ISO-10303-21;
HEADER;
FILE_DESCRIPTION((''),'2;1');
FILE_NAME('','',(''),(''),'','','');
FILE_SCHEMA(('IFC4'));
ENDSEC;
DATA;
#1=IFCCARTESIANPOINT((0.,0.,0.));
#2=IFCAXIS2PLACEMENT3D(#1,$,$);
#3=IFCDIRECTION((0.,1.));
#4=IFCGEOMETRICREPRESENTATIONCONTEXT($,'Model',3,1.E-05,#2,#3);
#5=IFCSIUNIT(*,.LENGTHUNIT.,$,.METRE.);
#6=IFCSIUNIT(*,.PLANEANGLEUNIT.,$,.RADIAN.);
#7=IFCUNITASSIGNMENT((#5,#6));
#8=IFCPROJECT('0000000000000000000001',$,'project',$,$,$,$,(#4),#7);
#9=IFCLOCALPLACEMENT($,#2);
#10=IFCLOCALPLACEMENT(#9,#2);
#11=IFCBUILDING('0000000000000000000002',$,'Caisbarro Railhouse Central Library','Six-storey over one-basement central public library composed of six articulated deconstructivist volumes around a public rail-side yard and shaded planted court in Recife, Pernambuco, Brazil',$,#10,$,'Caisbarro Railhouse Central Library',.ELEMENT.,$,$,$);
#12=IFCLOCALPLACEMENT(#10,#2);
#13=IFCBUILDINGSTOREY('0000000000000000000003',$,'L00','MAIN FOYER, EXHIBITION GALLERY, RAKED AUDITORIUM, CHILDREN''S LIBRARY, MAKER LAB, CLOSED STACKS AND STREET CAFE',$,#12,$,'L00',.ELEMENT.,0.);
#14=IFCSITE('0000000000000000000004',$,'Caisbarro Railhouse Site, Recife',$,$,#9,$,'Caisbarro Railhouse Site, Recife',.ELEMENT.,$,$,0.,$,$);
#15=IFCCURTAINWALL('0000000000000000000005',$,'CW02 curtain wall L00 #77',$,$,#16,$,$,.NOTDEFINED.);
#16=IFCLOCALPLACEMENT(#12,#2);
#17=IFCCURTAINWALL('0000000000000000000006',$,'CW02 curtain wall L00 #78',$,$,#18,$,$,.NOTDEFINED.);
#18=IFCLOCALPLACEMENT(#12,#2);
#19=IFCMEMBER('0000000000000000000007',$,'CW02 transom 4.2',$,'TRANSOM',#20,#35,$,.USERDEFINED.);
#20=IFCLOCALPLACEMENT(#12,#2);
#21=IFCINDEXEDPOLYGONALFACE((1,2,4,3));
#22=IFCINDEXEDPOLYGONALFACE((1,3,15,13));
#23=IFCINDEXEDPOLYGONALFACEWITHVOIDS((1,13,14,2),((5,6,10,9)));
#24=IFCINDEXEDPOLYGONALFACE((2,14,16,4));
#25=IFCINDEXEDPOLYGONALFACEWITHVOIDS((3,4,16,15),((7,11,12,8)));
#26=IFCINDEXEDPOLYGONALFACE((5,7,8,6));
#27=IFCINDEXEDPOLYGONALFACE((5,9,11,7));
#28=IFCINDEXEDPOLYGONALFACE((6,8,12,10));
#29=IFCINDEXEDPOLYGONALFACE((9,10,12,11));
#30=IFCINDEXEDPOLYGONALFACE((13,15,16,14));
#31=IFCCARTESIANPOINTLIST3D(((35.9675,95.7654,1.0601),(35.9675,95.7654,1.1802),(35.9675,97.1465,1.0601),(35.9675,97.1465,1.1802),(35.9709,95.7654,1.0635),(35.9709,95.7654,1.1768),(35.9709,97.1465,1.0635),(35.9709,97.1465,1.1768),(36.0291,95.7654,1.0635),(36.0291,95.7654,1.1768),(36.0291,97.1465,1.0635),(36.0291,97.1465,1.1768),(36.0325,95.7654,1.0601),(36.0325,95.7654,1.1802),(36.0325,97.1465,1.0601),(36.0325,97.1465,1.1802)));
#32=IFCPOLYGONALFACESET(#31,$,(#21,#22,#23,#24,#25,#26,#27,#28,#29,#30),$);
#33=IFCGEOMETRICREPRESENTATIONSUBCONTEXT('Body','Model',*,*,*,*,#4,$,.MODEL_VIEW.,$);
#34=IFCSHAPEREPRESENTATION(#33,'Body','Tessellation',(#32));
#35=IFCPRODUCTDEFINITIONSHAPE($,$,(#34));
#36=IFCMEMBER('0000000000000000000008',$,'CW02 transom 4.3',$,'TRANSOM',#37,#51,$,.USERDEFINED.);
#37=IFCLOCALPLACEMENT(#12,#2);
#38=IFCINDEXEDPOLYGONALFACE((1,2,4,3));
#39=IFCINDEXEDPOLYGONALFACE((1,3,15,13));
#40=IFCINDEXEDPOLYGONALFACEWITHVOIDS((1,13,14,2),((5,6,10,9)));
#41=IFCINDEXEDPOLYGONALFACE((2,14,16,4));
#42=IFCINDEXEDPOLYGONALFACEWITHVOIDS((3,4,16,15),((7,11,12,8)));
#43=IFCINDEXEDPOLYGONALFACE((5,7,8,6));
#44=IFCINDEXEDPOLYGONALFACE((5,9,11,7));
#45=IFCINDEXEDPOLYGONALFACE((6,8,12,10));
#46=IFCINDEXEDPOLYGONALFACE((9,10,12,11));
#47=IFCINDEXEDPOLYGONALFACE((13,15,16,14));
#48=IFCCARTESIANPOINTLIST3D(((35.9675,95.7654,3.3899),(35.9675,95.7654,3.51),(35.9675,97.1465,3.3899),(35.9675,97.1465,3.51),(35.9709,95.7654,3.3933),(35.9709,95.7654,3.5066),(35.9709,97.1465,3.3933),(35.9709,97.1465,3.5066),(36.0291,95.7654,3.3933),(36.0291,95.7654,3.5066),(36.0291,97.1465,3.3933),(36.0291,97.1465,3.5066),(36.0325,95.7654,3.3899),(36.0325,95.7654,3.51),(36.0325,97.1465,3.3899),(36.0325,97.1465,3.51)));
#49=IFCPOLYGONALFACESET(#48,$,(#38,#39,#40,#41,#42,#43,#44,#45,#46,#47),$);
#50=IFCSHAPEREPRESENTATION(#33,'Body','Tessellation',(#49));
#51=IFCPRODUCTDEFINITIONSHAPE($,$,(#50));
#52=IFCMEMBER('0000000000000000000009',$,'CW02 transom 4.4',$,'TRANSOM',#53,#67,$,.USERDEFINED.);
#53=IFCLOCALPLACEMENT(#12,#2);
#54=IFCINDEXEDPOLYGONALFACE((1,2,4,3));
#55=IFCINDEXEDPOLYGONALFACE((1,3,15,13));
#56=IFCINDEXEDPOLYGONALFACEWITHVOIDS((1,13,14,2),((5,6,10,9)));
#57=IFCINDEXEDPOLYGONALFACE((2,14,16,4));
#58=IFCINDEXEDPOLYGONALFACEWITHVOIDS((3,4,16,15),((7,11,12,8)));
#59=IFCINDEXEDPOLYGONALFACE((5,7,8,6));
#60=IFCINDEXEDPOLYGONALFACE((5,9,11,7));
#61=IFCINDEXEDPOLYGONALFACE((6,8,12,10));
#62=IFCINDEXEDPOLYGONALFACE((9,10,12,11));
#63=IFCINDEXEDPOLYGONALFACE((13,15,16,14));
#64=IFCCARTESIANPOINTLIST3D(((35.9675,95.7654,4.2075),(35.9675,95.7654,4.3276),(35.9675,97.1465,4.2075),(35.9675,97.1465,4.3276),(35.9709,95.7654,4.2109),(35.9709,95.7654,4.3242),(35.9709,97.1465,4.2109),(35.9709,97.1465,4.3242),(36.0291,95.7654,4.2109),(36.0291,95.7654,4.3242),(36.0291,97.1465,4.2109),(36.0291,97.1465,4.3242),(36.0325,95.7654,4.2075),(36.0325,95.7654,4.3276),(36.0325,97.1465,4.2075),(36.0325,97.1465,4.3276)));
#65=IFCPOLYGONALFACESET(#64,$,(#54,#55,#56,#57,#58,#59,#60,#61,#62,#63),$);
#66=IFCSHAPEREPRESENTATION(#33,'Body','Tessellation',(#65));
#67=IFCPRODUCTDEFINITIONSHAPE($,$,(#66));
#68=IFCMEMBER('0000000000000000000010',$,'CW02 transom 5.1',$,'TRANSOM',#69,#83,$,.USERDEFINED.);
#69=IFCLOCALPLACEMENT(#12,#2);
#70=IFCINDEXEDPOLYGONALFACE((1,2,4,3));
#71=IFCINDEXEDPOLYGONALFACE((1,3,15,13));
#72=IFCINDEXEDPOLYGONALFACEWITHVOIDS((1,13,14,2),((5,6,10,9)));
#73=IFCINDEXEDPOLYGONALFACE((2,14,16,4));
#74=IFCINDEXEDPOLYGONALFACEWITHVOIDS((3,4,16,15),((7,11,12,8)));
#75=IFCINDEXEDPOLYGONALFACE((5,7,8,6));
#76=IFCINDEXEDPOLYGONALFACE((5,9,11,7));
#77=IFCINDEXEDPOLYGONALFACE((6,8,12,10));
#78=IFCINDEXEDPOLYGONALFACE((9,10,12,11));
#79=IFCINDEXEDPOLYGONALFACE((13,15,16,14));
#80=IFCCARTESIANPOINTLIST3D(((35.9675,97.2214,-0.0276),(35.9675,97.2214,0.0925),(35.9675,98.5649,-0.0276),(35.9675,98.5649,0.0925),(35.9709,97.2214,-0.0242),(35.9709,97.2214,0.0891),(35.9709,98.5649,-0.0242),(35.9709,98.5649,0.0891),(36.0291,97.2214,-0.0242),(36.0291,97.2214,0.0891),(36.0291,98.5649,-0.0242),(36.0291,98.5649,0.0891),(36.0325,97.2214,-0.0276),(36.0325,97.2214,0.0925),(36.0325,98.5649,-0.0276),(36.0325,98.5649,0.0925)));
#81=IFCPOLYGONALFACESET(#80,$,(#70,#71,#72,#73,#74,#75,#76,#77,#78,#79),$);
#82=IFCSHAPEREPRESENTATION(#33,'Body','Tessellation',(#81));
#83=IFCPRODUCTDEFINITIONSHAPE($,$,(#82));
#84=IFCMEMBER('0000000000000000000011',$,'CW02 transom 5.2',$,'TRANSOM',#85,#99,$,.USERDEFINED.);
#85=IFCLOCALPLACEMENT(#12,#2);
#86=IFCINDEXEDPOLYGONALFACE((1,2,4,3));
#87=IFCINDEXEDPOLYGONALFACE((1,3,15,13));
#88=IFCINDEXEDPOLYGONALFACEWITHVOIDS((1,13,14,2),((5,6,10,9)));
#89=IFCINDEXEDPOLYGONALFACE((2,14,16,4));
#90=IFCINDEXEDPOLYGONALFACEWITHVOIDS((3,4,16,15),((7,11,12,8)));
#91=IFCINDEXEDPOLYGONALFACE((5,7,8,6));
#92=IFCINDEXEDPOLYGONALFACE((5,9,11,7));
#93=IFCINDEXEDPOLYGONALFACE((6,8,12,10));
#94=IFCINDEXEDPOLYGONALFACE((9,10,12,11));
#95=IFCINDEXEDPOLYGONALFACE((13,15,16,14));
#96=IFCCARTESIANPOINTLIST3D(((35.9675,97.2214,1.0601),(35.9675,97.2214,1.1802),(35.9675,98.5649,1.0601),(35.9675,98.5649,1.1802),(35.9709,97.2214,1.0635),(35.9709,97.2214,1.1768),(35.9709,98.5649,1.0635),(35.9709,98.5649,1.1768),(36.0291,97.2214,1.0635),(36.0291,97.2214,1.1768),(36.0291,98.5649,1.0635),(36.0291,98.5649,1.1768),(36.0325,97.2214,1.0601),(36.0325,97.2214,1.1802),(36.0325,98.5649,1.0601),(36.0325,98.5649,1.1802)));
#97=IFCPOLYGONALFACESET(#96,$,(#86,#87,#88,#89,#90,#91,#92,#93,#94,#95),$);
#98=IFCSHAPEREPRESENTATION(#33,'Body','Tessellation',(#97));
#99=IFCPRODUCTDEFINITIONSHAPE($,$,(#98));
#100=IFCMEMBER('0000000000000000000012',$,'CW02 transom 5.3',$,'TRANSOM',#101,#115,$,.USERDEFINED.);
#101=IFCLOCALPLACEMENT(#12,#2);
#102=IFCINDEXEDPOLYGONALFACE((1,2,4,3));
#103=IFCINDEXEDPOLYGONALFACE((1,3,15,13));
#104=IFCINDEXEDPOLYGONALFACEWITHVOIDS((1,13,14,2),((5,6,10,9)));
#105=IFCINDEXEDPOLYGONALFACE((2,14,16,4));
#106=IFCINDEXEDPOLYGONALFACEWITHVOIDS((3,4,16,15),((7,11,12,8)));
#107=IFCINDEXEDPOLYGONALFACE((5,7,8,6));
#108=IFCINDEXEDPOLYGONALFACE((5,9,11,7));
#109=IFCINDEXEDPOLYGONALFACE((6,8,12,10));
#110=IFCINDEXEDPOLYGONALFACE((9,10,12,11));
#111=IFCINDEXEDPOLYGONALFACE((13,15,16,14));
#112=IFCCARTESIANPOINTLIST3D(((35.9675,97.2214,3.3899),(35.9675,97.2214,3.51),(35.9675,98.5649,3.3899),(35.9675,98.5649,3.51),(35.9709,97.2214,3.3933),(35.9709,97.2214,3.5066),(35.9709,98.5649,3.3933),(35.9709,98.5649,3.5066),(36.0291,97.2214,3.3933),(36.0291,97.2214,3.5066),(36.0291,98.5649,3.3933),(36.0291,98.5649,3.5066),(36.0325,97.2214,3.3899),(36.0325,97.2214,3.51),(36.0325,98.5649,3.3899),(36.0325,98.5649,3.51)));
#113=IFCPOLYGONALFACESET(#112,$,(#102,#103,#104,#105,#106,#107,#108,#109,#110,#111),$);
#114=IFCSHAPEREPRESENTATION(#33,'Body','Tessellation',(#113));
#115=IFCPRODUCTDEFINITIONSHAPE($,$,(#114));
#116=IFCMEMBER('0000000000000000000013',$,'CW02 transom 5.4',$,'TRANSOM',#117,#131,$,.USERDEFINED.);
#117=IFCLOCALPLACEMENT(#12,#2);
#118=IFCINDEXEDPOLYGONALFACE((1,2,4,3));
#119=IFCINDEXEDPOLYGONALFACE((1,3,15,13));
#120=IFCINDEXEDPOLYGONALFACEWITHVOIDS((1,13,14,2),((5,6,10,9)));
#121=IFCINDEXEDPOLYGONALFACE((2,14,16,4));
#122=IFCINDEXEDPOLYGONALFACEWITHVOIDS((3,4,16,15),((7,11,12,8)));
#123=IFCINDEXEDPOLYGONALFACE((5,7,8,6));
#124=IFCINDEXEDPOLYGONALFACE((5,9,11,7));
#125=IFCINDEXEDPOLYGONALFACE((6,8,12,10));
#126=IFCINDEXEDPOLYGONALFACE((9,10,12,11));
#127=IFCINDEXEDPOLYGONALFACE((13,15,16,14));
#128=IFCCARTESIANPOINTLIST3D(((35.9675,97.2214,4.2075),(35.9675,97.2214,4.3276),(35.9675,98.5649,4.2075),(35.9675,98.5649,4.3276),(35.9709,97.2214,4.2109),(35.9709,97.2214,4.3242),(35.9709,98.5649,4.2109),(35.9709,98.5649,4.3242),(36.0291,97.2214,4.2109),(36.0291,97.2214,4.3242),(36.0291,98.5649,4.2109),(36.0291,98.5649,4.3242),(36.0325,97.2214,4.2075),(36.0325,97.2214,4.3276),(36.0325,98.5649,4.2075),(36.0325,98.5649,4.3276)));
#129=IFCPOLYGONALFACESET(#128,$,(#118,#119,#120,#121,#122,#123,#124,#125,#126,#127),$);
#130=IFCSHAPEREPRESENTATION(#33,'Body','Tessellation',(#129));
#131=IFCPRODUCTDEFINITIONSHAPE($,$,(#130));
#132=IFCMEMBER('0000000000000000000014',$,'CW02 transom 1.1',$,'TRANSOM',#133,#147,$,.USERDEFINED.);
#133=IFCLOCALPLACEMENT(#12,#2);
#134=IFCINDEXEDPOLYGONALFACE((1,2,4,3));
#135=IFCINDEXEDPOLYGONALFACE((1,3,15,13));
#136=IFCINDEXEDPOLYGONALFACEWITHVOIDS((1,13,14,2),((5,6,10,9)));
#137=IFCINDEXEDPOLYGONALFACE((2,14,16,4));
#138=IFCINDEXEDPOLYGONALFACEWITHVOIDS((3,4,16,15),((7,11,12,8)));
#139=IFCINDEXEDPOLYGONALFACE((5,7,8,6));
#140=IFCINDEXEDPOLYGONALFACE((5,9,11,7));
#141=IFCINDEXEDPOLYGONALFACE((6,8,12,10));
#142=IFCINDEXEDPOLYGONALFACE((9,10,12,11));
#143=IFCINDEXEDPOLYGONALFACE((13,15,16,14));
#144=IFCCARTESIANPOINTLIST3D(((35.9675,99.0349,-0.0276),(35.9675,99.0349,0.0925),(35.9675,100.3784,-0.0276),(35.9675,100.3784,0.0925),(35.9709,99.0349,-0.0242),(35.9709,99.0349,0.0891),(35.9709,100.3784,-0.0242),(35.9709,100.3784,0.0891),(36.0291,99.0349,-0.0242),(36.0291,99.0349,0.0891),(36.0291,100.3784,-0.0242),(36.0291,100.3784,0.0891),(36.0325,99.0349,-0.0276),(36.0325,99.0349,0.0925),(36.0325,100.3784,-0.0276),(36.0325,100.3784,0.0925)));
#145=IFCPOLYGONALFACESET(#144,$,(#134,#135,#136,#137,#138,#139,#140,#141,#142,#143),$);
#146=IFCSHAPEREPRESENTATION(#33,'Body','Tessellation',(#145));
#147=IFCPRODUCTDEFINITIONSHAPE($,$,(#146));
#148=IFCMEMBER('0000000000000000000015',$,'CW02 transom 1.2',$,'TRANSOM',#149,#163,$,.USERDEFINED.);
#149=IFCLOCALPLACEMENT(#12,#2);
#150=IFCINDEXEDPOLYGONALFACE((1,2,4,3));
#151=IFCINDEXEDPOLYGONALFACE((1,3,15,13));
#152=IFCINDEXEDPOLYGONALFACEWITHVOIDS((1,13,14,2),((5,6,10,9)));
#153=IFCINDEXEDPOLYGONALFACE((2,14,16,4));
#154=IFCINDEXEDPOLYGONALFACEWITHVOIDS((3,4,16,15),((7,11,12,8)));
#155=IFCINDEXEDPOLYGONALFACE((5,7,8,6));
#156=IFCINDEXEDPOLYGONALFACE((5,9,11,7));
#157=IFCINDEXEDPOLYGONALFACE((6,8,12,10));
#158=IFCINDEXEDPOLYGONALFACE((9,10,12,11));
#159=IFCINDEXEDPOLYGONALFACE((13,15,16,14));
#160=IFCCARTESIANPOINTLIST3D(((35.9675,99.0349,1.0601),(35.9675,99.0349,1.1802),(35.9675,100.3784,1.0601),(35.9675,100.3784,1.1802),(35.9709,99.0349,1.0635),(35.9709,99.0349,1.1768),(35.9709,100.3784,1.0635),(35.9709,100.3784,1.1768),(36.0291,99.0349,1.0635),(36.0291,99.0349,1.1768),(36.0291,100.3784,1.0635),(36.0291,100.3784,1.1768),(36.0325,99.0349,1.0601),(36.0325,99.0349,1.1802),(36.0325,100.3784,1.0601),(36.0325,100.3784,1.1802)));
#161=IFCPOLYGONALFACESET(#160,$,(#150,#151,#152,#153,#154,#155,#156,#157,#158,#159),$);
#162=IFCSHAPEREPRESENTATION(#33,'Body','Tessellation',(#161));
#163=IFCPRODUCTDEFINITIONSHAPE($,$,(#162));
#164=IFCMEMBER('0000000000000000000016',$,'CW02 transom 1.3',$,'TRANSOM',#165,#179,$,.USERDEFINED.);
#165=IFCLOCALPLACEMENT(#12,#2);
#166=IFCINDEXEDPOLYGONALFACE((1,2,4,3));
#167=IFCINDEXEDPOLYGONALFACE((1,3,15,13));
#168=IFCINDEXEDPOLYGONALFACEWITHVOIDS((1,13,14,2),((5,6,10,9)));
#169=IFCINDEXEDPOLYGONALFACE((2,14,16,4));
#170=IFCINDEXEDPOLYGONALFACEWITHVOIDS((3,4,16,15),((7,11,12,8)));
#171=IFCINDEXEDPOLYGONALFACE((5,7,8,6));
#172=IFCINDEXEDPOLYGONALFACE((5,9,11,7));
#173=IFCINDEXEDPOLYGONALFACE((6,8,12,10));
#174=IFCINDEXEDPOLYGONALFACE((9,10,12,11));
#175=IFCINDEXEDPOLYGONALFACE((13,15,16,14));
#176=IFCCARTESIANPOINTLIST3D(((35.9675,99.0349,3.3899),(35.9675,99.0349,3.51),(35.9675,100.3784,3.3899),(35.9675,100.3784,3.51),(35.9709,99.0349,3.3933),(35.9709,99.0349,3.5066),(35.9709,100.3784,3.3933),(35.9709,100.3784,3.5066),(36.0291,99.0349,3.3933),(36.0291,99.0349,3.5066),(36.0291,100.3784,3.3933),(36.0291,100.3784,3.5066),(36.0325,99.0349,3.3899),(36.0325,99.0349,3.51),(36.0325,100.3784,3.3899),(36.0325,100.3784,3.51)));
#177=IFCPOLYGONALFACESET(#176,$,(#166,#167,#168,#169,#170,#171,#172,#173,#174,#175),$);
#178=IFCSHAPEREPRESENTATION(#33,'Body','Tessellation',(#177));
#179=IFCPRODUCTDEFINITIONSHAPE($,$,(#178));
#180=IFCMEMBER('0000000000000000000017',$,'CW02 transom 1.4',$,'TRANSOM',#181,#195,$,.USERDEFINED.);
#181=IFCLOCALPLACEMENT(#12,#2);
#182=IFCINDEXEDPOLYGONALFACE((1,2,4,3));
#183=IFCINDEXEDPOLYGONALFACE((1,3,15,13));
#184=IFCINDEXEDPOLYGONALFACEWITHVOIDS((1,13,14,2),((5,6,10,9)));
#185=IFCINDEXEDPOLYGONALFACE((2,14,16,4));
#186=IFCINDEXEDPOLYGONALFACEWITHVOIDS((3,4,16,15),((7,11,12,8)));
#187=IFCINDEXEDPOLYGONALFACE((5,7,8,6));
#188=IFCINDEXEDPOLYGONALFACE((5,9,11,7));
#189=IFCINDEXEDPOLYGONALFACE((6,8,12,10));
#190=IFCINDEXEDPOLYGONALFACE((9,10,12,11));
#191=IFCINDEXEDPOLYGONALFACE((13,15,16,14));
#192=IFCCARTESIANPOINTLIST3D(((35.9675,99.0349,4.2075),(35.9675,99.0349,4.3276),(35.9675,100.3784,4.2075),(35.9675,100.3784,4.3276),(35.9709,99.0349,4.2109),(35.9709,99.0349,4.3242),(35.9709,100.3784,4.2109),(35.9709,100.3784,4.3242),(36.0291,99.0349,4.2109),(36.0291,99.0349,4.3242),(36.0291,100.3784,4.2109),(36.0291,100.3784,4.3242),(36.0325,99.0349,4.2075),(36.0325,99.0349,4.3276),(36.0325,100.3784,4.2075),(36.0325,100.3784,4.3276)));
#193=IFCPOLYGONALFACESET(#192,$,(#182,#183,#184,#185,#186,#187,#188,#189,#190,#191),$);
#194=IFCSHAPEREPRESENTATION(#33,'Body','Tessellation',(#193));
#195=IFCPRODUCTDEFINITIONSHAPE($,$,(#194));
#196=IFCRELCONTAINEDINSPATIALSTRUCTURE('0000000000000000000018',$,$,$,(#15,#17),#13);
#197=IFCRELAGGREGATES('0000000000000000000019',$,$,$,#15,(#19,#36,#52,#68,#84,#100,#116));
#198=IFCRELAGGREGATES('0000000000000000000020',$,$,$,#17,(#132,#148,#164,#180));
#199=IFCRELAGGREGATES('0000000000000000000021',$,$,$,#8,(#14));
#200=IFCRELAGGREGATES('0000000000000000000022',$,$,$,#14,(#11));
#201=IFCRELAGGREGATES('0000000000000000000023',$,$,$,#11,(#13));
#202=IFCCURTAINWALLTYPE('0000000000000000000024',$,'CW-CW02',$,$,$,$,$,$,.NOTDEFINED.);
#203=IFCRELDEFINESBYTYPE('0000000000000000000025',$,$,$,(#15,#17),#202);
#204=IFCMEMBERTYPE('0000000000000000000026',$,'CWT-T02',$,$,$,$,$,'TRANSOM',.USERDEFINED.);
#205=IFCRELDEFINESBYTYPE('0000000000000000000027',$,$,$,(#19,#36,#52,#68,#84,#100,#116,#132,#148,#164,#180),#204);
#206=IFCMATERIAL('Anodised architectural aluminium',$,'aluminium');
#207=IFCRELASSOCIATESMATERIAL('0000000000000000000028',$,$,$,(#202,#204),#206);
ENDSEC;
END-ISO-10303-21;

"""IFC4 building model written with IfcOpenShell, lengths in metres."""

from ifc_helpers import new_model, si_unit, direction, frame, origin, origin_2d, place, context, subcontext, project, spatial, hollow_rectangle, extrude, material, material_profile, profile_set, type_object, element, aggregate, save


model = new_model("IFC4")

# Units and contexts
model_context = context("Model", 3, precision=1e-05, world=origin(), true_north=direction((0.0, 1.0)))
body_context = subcontext(model_context, "Body", "Model", "MODEL_VIEW")
ifc_project = project(units=[si_unit("LENGTHUNIT", "METRE"), si_unit("PLANEANGLEUNIT", "RADIAN")], contexts=[model_context])

# Site, building, storey
site_placement = place(None, origin())
site = spatial("IfcSite", under=ifc_project, at=site_placement, Name="Caisbarro Railhouse Site, Recife", LongName="Caisbarro Railhouse Site, Recife", CompositionType="ELEMENT", RefElevation=0.0)
building_placement = place(site_placement, origin())
building = spatial("IfcBuilding", under=site, at=building_placement, Name="Caisbarro Railhouse Central Library", Description="Six-storey over one-basement central public library composed of six articulated deconstructivist volumes around a public rail-side yard and shaded planted court in Recife, Pernambuco, Brazil", LongName="Caisbarro Railhouse Central Library", CompositionType="ELEMENT")
storey_placement = place(building_placement, origin())
storey = spatial("IfcBuildingStorey", under=building, at=storey_placement, Name="L00", Description="MAIN FOYER, EXHIBITION GALLERY, RAKED AUDITORIUM, CHILDREN'S LIBRARY, MAKER LAB, CLOSED STACKS AND STREET CAFE", LongName="L00", CompositionType="ELEMENT", Elevation=0.0)

# Curtain wall
ifc_material_1 = material(Name="Anodised architectural aluminium", Category="aluminium")
curtain_wall_type = type_object("IfcCurtainWallType", Name="CW-CW02", PredefinedType="NOTDEFINED", material=ifc_material_1)
curtain_wall_1_placement = place(storey_placement, origin())
curtain_wall_1 = element("IfcCurtainWall", 1, at=curtain_wall_1_placement, inside=storey, type_object=curtain_wall_type, Name="CW02 curtain wall L00 #77", PredefinedType="NOTDEFINED")

# Curtain wall
curtain_wall_2_placement = place(storey_placement, origin())
curtain_wall_2 = element("IfcCurtainWall", 2, at=curtain_wall_2_placement, inside=storey, type_object=curtain_wall_type, Name="CW02 curtain wall L00 #78", PredefinedType="NOTDEFINED")

# Members
ifc_material_profile_1 = material_profile(ifc_material_1, hollow_rectangle(XDim=0.0649, YDim=0.1201, WallThickness=0.0034, at=origin_2d()), Name="ALU-TRN-65X120")
ifc_profile_set_1 = profile_set([ifc_material_profile_1], Name="Anodised architectural aluminium")
member_type_1 = type_object("IfcMemberType", Name="CWT-T02", ElementType="TRANSOM", PredefinedType="USERDEFINED", material=ifc_profile_set_1)
member_1_placement = place(storey_placement, frame((36.0, 95.7654, 1.1201), z_axis=(0.0, 1.0, 0.0), x_axis=(-1.0, 0.0, 0.0)))
member_1 = element("IfcMember", 3, at=member_1_placement, type_object=member_type_1, Name="CW02 transom 4.2", ObjectType="TRANSOM", PredefinedType="USERDEFINED", context=body_context, shape_type="SweptSolid", body=[
    extrude(hollow_rectangle(XDim=0.0649, YDim=0.1201, WallThickness=0.0034, at=origin_2d()), origin(), (0.0, 0.0, 1.0), 1.3811),
])
member_2_placement = place(storey_placement, frame((36.0, 95.7654, 3.45), z_axis=(0.0, 1.0, 0.0), x_axis=(-1.0, 0.0, 0.0)))
member_2 = element("IfcMember", 4, at=member_2_placement, type_object=member_type_1, Name="CW02 transom 4.3", ObjectType="TRANSOM", PredefinedType="USERDEFINED", context=body_context, shape_type="SweptSolid", body=[
    extrude(hollow_rectangle(XDim=0.0649, YDim=0.1201, WallThickness=0.0034, at=origin_2d()), origin(), (0.0, 0.0, 1.0), 1.3811),
])
member_3_placement = place(storey_placement, frame((36.0, 95.7654, 4.2676), z_axis=(0.0, 1.0, 0.0), x_axis=(-1.0, 0.0, 0.0)))
member_3 = element("IfcMember", 5, at=member_3_placement, type_object=member_type_1, Name="CW02 transom 4.4", ObjectType="TRANSOM", PredefinedType="USERDEFINED", context=body_context, shape_type="SweptSolid", body=[
    extrude(hollow_rectangle(XDim=0.0649, YDim=0.1201, WallThickness=0.0034, at=origin_2d()), origin(), (0.0, 0.0, 1.0), 1.3811),
])
member_4_placement = place(storey_placement, frame((36.0, 97.2214, 0.0325), z_axis=(0.0, 1.0, 0.0), x_axis=(-1.0, 0.0, 0.0)))
member_4 = element("IfcMember", 6, at=member_4_placement, type_object=member_type_1, Name="CW02 transom 5.1", ObjectType="TRANSOM", PredefinedType="USERDEFINED", context=body_context, shape_type="SweptSolid", body=[
    extrude(hollow_rectangle(XDim=0.0649, YDim=0.1201, WallThickness=0.0034, at=origin_2d()), origin(), (0.0, 0.0, 1.0), 1.3435),
])
member_5_placement = place(storey_placement, frame((36.0, 97.2214, 1.1201), z_axis=(0.0, 1.0, 0.0), x_axis=(-1.0, 0.0, 0.0)))
member_5 = element("IfcMember", 7, at=member_5_placement, type_object=member_type_1, Name="CW02 transom 5.2", ObjectType="TRANSOM", PredefinedType="USERDEFINED", context=body_context, shape_type="SweptSolid", body=[
    extrude(hollow_rectangle(XDim=0.0649, YDim=0.1201, WallThickness=0.0034, at=origin_2d()), origin(), (0.0, 0.0, 1.0), 1.3435),
])
member_6_placement = place(storey_placement, frame((36.0, 97.2214, 3.45), z_axis=(0.0, 1.0, 0.0), x_axis=(-1.0, 0.0, 0.0)))
member_6 = element("IfcMember", 8, at=member_6_placement, type_object=member_type_1, Name="CW02 transom 5.3", ObjectType="TRANSOM", PredefinedType="USERDEFINED", context=body_context, shape_type="SweptSolid", body=[
    extrude(hollow_rectangle(XDim=0.0649, YDim=0.1201, WallThickness=0.0034, at=origin_2d()), origin(), (0.0, 0.0, 1.0), 1.3435),
])
member_7_placement = place(storey_placement, frame((36.0, 97.2214, 4.2676), z_axis=(0.0, 1.0, 0.0), x_axis=(-1.0, 0.0, 0.0)))
member_7 = element("IfcMember", 9, at=member_7_placement, type_object=member_type_1, Name="CW02 transom 5.4", ObjectType="TRANSOM", PredefinedType="USERDEFINED", context=body_context, shape_type="SweptSolid", body=[
    extrude(hollow_rectangle(XDim=0.0649, YDim=0.1201, WallThickness=0.0034, at=origin_2d()), origin(), (0.0, 0.0, 1.0), 1.3435),
])
member_8_placement = place(storey_placement, frame((36.0, 99.0349, 0.0325), z_axis=(0.0, 1.0, 0.0), x_axis=(-1.0, 0.0, 0.0)))
member_8 = element("IfcMember", 10, at=member_8_placement, type_object=member_type_1, Name="CW02 transom 1.1", ObjectType="TRANSOM", PredefinedType="USERDEFINED", context=body_context, shape_type="SweptSolid", body=[
    extrude(hollow_rectangle(XDim=0.0649, YDim=0.1201, WallThickness=0.0034, at=origin_2d()), origin(), (0.0, 0.0, 1.0), 1.3435),
])
member_9_placement = place(storey_placement, frame((36.0, 99.0349, 1.1201), z_axis=(0.0, 1.0, 0.0), x_axis=(-1.0, 0.0, 0.0)))
member_9 = element("IfcMember", 11, at=member_9_placement, type_object=member_type_1, Name="CW02 transom 1.2", ObjectType="TRANSOM", PredefinedType="USERDEFINED", context=body_context, shape_type="SweptSolid", body=[
    extrude(hollow_rectangle(XDim=0.0649, YDim=0.1201, WallThickness=0.0034, at=origin_2d()), origin(), (0.0, 0.0, 1.0), 1.3435),
])
member_10_placement = place(storey_placement, frame((36.0, 99.0349, 3.45), z_axis=(0.0, 1.0, 0.0), x_axis=(-1.0, 0.0, 0.0)))
member_10 = element("IfcMember", 12, at=member_10_placement, type_object=member_type_1, Name="CW02 transom 1.3", ObjectType="TRANSOM", PredefinedType="USERDEFINED", context=body_context, shape_type="SweptSolid", body=[
    extrude(hollow_rectangle(XDim=0.0649, YDim=0.1201, WallThickness=0.0034, at=origin_2d()), origin(), (0.0, 0.0, 1.0), 1.3435),
])
member_11_placement = place(storey_placement, frame((36.0, 99.0349, 4.2676), z_axis=(0.0, 1.0, 0.0), x_axis=(-1.0, 0.0, 0.0)))
member_11 = element("IfcMember", 13, at=member_11_placement, type_object=member_type_1, Name="CW02 transom 1.4", ObjectType="TRANSOM", PredefinedType="USERDEFINED", context=body_context, shape_type="SweptSolid", body=[
    extrude(hollow_rectangle(XDim=0.0649, YDim=0.1201, WallThickness=0.0034, at=origin_2d()), origin(), (0.0, 0.0, 1.0), 1.3435),
])

aggregate(curtain_wall_1, [member_1, member_2, member_3, member_4, member_5, member_6, member_7])
aggregate(curtain_wall_2, [member_8, member_9, member_10, member_11])

save(model, "model.ifc")
